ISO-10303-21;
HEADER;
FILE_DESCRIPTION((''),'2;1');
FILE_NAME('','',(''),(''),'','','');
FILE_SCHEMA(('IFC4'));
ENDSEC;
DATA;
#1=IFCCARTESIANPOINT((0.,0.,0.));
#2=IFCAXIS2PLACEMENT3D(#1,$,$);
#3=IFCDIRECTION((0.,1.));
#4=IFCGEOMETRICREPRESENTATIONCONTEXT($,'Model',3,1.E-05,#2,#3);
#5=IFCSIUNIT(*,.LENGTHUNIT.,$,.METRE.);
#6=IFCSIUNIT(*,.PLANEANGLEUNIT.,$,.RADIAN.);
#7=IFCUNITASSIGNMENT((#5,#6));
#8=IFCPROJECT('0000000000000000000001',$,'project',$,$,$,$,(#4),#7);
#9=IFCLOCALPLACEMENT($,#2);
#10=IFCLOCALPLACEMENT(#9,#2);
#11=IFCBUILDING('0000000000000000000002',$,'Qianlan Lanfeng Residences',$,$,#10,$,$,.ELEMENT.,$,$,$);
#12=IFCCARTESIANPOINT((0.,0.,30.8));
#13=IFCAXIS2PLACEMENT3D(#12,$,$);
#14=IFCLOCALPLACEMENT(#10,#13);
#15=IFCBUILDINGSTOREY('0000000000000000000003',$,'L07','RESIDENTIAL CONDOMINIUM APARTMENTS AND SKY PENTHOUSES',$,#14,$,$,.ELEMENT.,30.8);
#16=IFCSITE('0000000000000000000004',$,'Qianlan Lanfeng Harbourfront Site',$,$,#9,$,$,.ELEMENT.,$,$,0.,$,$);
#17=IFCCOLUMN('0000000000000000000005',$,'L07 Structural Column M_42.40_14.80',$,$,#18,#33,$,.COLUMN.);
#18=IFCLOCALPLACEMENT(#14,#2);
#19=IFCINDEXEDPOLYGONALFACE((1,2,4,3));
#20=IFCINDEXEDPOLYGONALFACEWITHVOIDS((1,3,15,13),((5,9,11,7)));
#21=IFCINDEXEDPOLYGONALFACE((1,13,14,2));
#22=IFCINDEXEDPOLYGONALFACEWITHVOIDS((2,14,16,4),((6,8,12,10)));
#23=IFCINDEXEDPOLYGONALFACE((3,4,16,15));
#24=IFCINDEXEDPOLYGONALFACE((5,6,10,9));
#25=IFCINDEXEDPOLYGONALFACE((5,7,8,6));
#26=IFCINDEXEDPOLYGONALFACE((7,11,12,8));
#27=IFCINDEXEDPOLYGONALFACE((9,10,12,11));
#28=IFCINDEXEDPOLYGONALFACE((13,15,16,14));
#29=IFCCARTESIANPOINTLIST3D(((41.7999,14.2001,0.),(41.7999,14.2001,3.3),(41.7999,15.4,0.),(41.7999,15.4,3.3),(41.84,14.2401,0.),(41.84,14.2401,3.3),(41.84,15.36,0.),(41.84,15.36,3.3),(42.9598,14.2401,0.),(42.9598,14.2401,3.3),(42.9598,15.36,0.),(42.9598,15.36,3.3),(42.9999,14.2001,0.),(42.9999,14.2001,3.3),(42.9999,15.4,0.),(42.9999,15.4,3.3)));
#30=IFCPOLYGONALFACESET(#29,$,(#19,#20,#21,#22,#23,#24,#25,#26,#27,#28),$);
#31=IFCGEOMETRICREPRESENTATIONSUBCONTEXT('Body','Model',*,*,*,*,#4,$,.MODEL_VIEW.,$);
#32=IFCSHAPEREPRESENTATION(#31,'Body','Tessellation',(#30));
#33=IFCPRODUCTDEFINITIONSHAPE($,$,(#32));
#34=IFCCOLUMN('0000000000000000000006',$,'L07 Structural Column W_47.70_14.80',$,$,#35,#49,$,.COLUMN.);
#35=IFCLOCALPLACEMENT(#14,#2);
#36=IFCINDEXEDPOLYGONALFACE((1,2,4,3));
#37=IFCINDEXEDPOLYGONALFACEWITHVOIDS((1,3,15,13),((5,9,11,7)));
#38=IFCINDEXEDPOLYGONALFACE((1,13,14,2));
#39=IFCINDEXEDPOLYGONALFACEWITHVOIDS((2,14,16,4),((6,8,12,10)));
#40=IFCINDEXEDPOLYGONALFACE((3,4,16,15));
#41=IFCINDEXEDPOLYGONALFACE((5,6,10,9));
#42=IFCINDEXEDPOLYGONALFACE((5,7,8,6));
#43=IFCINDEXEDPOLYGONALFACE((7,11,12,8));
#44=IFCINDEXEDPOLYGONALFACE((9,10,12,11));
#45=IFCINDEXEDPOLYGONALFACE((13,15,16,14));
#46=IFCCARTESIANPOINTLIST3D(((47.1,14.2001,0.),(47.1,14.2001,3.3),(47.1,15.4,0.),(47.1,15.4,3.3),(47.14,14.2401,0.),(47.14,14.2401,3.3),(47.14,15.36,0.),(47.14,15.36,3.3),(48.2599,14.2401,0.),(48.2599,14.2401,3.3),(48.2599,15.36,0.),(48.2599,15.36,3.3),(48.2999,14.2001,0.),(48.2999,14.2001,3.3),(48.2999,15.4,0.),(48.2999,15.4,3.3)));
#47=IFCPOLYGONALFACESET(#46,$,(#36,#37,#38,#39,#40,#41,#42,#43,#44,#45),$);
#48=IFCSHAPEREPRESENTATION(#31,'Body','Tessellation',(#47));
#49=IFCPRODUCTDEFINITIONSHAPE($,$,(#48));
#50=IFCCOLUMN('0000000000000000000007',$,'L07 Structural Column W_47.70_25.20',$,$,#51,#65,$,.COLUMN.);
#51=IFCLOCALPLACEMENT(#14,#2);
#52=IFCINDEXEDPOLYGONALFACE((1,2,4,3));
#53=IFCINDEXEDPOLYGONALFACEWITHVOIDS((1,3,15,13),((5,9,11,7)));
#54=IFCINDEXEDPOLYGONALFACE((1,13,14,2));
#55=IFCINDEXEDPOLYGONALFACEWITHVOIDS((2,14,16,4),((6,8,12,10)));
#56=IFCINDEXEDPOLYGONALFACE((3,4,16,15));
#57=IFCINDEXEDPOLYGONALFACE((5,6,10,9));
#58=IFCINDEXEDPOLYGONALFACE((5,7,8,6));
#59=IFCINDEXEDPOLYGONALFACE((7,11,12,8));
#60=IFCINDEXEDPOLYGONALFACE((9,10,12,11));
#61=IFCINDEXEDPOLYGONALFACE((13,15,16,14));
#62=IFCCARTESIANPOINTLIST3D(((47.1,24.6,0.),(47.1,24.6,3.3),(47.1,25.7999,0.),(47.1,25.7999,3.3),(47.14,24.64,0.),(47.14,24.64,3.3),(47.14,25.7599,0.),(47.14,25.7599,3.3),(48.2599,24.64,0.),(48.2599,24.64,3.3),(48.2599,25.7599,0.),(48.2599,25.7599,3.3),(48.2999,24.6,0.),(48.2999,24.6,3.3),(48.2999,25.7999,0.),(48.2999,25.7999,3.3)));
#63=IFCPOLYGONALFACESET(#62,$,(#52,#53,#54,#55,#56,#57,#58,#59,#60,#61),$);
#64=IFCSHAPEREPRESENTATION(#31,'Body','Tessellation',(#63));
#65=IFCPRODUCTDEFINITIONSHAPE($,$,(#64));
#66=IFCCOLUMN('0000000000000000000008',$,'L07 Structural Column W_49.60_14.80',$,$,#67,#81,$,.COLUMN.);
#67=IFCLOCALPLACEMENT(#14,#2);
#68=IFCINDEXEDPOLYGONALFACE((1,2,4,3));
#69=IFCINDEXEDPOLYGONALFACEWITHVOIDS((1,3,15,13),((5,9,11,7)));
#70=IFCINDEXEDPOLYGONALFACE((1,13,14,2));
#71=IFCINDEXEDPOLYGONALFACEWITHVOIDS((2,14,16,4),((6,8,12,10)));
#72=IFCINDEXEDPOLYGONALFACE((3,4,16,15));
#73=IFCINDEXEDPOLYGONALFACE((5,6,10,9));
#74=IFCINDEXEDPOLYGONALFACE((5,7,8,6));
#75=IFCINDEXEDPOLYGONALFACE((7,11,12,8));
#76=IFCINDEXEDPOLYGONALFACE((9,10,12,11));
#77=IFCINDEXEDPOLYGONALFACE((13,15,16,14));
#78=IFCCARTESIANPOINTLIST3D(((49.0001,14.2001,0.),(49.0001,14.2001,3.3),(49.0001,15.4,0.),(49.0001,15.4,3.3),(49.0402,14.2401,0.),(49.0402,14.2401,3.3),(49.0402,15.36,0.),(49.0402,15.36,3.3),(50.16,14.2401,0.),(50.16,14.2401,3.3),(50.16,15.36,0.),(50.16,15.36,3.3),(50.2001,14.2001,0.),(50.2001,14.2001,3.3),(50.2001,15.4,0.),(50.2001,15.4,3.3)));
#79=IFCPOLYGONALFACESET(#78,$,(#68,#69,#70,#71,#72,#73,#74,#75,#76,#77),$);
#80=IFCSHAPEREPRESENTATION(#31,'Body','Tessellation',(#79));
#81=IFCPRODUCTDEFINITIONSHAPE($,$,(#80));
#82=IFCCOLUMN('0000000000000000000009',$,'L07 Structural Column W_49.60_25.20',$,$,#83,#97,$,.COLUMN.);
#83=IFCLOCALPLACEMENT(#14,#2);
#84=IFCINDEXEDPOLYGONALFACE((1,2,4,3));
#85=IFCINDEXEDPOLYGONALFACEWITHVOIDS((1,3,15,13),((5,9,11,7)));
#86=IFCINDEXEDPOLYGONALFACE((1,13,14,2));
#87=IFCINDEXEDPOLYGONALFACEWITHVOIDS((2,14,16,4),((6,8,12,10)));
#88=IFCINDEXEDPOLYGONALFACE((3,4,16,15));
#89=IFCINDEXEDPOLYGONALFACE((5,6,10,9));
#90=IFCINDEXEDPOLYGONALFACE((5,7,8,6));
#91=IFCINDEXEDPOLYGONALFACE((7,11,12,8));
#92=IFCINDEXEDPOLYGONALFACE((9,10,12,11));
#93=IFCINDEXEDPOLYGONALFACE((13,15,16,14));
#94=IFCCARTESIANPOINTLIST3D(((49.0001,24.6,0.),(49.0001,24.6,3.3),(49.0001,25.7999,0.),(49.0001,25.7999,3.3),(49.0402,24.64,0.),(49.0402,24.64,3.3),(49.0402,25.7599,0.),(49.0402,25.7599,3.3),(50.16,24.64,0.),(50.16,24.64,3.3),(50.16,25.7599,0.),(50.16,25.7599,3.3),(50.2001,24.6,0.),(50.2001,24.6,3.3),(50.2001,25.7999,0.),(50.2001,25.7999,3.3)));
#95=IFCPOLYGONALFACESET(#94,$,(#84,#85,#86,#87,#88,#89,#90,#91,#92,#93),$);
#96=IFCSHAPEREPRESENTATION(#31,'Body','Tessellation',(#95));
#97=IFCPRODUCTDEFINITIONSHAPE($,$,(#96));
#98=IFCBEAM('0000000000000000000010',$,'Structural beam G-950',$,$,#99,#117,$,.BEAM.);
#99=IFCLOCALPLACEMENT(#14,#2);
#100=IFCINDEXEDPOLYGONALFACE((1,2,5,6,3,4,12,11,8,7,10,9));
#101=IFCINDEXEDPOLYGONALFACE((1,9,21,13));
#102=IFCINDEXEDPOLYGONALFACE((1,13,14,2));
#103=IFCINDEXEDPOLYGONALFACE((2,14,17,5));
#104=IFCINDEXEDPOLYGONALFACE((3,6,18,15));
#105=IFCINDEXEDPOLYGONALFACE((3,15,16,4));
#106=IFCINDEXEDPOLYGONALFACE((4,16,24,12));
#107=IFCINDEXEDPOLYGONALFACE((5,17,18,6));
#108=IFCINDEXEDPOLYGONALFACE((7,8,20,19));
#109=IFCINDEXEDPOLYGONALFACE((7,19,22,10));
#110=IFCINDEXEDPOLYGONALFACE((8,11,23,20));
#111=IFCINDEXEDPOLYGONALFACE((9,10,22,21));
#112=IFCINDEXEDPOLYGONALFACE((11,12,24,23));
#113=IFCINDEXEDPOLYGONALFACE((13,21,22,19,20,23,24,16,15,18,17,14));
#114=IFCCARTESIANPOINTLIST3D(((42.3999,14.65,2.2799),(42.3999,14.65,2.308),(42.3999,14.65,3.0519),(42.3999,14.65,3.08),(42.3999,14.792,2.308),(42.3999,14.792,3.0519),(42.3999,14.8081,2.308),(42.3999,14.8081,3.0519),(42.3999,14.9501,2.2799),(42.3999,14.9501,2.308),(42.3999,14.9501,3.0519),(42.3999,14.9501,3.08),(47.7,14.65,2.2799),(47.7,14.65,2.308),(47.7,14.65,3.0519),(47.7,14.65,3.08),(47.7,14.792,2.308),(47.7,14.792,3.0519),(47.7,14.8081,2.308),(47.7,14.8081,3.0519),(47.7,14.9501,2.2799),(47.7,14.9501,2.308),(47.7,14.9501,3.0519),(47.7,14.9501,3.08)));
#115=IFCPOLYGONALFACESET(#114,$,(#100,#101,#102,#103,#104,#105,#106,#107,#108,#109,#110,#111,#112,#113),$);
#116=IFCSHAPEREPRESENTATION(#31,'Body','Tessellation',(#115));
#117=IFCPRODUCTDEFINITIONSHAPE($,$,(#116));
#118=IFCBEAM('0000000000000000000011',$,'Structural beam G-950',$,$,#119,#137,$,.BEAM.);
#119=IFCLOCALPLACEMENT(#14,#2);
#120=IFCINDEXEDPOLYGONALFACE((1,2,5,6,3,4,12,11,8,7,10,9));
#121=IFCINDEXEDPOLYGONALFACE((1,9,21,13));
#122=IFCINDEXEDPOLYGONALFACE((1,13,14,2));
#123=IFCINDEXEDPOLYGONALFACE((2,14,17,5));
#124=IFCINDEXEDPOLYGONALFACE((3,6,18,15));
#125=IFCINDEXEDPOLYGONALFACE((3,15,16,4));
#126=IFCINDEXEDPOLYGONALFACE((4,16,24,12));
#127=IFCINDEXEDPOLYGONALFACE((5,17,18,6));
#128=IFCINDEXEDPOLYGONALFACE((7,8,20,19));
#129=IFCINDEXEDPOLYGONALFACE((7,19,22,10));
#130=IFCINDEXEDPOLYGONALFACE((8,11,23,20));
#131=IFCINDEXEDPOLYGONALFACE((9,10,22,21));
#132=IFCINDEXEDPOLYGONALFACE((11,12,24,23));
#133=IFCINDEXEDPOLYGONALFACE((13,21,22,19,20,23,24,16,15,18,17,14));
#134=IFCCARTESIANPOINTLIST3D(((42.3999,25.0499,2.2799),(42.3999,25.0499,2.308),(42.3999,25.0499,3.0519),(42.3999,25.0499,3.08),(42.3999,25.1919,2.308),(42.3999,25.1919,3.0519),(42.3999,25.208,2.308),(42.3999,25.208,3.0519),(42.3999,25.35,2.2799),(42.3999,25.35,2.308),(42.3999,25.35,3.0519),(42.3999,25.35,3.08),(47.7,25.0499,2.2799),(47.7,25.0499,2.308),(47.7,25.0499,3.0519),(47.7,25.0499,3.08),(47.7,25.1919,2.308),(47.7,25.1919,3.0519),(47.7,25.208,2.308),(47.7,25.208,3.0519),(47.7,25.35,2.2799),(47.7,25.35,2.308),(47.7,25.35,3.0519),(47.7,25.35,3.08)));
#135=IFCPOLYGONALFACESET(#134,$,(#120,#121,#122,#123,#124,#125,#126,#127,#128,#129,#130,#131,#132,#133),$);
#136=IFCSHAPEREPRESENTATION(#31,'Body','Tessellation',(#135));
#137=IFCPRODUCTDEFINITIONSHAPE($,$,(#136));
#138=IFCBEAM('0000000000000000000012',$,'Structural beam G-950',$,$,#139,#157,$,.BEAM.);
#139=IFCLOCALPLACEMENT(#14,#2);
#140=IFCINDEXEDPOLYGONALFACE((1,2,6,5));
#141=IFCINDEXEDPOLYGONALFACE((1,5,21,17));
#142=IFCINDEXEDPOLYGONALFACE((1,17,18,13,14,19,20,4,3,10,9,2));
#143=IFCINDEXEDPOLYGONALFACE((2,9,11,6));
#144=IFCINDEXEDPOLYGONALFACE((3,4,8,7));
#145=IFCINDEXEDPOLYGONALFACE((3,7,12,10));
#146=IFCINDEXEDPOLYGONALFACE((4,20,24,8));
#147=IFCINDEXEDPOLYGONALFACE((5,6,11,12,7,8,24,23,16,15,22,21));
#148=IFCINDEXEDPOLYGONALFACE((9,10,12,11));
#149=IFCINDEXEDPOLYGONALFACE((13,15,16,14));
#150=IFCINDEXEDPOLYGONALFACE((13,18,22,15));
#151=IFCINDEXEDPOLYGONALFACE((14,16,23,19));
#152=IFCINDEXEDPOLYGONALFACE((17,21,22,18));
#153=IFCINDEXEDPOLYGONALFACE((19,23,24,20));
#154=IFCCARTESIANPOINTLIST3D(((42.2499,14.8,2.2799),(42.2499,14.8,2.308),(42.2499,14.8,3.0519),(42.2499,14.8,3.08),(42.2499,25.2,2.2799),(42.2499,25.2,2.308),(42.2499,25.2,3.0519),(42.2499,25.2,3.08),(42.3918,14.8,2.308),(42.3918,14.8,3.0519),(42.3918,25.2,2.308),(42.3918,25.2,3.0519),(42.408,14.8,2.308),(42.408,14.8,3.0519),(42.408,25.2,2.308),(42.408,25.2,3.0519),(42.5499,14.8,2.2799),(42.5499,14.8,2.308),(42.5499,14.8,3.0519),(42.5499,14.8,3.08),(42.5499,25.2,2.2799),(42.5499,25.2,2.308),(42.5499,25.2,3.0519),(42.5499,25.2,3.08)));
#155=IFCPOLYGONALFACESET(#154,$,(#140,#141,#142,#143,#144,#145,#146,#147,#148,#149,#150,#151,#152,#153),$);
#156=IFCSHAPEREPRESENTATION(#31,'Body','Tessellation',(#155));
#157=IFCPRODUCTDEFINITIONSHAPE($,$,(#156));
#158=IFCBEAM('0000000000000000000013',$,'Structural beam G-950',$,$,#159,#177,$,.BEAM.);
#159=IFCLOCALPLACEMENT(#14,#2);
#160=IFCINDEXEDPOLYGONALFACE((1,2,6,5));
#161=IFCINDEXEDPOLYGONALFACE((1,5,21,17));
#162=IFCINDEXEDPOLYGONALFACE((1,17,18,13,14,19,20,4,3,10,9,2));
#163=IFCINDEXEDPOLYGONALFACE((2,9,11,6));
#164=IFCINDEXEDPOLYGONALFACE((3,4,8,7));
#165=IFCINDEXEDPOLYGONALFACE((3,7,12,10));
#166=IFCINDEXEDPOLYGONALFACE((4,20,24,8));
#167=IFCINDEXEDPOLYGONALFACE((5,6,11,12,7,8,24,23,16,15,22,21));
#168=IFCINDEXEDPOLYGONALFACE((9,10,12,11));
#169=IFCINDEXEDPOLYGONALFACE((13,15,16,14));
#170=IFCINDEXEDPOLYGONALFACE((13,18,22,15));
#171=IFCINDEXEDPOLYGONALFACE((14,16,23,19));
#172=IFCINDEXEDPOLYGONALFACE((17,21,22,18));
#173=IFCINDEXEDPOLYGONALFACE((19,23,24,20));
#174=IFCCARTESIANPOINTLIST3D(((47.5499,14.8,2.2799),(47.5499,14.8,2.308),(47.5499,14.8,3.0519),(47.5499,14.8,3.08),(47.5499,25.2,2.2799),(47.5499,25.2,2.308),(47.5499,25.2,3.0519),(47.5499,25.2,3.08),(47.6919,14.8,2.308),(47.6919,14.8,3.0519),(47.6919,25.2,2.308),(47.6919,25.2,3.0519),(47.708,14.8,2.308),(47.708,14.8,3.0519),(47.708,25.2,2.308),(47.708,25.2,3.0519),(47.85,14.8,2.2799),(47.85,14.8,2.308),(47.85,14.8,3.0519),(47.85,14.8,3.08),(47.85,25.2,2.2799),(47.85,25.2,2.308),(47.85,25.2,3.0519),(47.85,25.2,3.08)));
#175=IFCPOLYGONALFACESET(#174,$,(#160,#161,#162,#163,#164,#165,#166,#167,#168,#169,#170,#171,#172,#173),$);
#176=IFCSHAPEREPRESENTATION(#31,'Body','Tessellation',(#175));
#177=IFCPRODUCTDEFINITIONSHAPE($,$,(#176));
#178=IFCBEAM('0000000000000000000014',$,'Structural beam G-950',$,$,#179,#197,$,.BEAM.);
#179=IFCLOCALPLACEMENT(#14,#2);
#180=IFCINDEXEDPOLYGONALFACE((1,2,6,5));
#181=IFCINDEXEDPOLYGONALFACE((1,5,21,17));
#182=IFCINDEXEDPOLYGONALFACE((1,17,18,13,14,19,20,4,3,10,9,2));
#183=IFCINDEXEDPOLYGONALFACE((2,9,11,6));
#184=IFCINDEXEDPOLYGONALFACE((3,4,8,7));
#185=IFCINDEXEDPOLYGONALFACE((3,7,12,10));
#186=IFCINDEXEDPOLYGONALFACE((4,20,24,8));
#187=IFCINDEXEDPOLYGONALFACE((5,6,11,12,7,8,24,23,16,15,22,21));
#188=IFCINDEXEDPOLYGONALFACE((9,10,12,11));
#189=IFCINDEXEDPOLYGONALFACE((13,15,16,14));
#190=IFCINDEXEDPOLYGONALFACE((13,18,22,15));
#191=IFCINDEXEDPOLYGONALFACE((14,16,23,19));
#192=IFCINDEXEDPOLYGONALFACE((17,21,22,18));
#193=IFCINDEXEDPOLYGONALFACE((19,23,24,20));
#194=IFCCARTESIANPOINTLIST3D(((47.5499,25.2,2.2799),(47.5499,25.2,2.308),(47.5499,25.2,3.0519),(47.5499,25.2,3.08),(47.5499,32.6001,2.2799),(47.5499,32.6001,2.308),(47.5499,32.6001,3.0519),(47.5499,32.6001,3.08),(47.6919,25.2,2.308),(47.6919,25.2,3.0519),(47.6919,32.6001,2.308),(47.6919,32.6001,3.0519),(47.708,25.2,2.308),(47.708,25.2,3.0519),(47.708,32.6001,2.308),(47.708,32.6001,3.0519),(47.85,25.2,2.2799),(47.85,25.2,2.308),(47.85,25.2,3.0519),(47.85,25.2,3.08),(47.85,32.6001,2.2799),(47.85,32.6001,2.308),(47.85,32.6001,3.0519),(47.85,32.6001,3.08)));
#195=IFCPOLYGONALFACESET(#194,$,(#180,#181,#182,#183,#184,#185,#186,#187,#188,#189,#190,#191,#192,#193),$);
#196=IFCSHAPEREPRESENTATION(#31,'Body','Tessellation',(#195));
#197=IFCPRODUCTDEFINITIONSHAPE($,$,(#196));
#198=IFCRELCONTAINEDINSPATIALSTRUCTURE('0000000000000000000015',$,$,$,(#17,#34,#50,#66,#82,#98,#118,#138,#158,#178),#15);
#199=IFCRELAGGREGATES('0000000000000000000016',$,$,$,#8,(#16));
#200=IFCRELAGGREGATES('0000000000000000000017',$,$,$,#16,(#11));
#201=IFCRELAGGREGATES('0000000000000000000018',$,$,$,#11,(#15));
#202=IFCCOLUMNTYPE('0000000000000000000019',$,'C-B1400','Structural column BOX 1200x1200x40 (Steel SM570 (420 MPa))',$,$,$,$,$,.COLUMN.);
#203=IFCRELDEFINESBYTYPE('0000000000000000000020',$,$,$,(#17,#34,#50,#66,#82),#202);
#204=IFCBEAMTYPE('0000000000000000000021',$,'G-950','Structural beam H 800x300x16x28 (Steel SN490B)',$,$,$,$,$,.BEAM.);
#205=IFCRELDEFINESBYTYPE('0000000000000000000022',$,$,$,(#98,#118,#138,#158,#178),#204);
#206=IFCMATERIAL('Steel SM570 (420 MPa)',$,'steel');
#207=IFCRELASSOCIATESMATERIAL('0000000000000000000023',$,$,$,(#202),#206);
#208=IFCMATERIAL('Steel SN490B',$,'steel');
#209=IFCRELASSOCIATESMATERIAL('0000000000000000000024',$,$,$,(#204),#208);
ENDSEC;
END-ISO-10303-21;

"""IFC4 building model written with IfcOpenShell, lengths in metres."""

from ifc_helpers import new_model, si_unit, direction, frame, origin, origin_2d, place, context, subcontext, project, spatial, hollow_rectangle, i_section, extrude, material, material_profile, profile_set, type_object, element, save


model = new_model("IFC4")

# Units and contexts
model_context = context("Model", 3, precision=1e-05, world=origin(), true_north=direction((0.0, 1.0)))
body_context = subcontext(model_context, "Body", "Model", "MODEL_VIEW")
ifc_project = project(units=[si_unit("LENGTHUNIT", "METRE"), si_unit("PLANEANGLEUNIT", "RADIAN")], contexts=[model_context])

# Site, building, storey
site_placement = place(None, origin())
site = spatial("IfcSite", under=ifc_project, at=site_placement, Name="Qianlan Lanfeng Harbourfront Site", CompositionType="ELEMENT", RefElevation=0.0)
building_placement = place(site_placement, origin())
building = spatial("IfcBuilding", under=site, at=building_placement, Name="Qianlan Lanfeng Residences", CompositionType="ELEMENT")
storey_placement = place(building_placement, frame((0.0, 0.0, 30.8)))
storey = spatial("IfcBuildingStorey", under=building, at=storey_placement, Name="L07", Description="RESIDENTIAL CONDOMINIUM APARTMENTS AND SKY PENTHOUSES", CompositionType="ELEMENT", Elevation=30.8)

# Columns
ifc_material_1 = material(Name="Steel SM570 (420 MPa)", Category="steel")
ifc_material_profile_1 = material_profile(ifc_material_1, hollow_rectangle(XDim=1.2, YDim=1.2, WallThickness=0.04, at=origin_2d()), Name="BOX 1200x1200x40")
ifc_profile_set_1 = profile_set([ifc_material_profile_1], Name="Steel SM570 (420 MPa)")
column_type = type_object("IfcColumnType", Name="C-B1400", Description="Structural column BOX 1200x1200x40 (Steel SM570 (420 MPa))", PredefinedType="COLUMN", material=ifc_profile_set_1)
for number, where, z_axis, x_axis, name in (
    (1, (42.3999, 14.8, 0.0), (0.0, 0.0, 1.0), (1.0, 0.0, 0.0), "L07 Structural Column M_42.40_14.80"),
    (2, (47.7, 14.8, 0.0), (0.0, 0.0, 1.0), (1.0, 0.0, 0.0), "L07 Structural Column W_47.70_14.80"),
    (3, (47.7, 25.2, 0.0), (0.0, 0.0, 1.0), (1.0, 0.0, 0.0), "L07 Structural Column W_47.70_25.20"),
    (4, (49.6001, 14.8, 0.0), (0.0, 0.0, 1.0), (1.0, 0.0, 0.0), "L07 Structural Column W_49.60_14.80"),
    (5, (49.6001, 25.2, 0.0), (0.0, 0.0, 1.0), (1.0, 0.0, 0.0), "L07 Structural Column W_49.60_25.20"),
):
    element("IfcColumn", number, at=place(storey_placement, frame(where, z_axis=z_axis, x_axis=x_axis)), inside=storey, type_object=column_type, Name=name, PredefinedType="COLUMN", context=body_context, shape_type="SweptSolid", body=[
        extrude(hollow_rectangle(XDim=1.2, YDim=1.2, WallThickness=0.04, at=origin_2d()), origin(), (0.0, 0.0, 1.0), 3.3),
    ])

# Beams
ifc_material_2 = material(Name="Steel SN490B", Category="steel")
ifc_material_profile_2 = material_profile(ifc_material_2, i_section(OverallWidth=0.3, OverallDepth=0.8, WebThickness=0.0161, FlangeThickness=0.0281, at=origin_2d()), Name="H 800x300x16x28")
ifc_profile_set_2 = profile_set([ifc_material_profile_2], Name="Steel SN490B")
beam_type_1 = type_object("IfcBeamType", Name="G-950", Description="Structural beam H 800x300x16x28 (Steel SN490B)", PredefinedType="BEAM", material=ifc_profile_set_2)
for number, where, z_axis, x_axis, name in (
    (6, (42.3999, 14.8, 2.6799), (1.0, 0.0, 0.0), (0.0, 1.0, 0.0), "Structural beam G-950"),
    (7, (42.3999, 25.2, 2.6799), (1.0, 0.0, 0.0), (0.0, 1.0, 0.0), "Structural beam G-950"),
):
    element("IfcBeam", number, at=place(storey_placement, frame(where, z_axis=z_axis, x_axis=x_axis)), inside=storey, type_object=beam_type_1, Name=name, PredefinedType="BEAM", context=body_context, shape_type="SweptSolid", body=[
        extrude(i_section(OverallWidth=0.3, OverallDepth=0.8, WebThickness=0.0161, FlangeThickness=0.0281, at=origin_2d()), origin(), (0.0, 0.0, 1.0), 5.3),
    ])
for number, where, z_axis, x_axis, name in (
    (8, (42.3999, 14.8, 2.6799), (0.0, 1.0, 0.0), (-1.0, 0.0, 0.0), "Structural beam G-950"),
    (9, (47.7, 14.8, 2.6799), (0.0, 1.0, 0.0), (-1.0, 0.0, 0.0), "Structural beam G-950"),
):
    element("IfcBeam", number, at=place(storey_placement, frame(where, z_axis=z_axis, x_axis=x_axis)), inside=storey, type_object=beam_type_1, Name=name, PredefinedType="BEAM", context=body_context, shape_type="SweptSolid", body=[
        extrude(i_section(OverallWidth=0.3, OverallDepth=0.8, WebThickness=0.0161, FlangeThickness=0.0281, at=origin_2d()), origin(), (0.0, 0.0, 1.0), 10.3999),
    ])
beam_1_placement = place(storey_placement, frame((47.7, 25.2, 2.6799), z_axis=(0.0, 1.0, 0.0), x_axis=(-1.0, 0.0, 0.0)))
element("IfcBeam", 10, at=beam_1_placement, inside=storey, type_object=beam_type_1, Name="Structural beam G-950", PredefinedType="BEAM", context=body_context, shape_type="SweptSolid", body=[
    extrude(i_section(OverallWidth=0.3, OverallDepth=0.8, WebThickness=0.0161, FlangeThickness=0.0281, at=origin_2d()), origin(), (0.0, 0.0, 1.0), 7.4001),
])

save(model, "model.ifc")
